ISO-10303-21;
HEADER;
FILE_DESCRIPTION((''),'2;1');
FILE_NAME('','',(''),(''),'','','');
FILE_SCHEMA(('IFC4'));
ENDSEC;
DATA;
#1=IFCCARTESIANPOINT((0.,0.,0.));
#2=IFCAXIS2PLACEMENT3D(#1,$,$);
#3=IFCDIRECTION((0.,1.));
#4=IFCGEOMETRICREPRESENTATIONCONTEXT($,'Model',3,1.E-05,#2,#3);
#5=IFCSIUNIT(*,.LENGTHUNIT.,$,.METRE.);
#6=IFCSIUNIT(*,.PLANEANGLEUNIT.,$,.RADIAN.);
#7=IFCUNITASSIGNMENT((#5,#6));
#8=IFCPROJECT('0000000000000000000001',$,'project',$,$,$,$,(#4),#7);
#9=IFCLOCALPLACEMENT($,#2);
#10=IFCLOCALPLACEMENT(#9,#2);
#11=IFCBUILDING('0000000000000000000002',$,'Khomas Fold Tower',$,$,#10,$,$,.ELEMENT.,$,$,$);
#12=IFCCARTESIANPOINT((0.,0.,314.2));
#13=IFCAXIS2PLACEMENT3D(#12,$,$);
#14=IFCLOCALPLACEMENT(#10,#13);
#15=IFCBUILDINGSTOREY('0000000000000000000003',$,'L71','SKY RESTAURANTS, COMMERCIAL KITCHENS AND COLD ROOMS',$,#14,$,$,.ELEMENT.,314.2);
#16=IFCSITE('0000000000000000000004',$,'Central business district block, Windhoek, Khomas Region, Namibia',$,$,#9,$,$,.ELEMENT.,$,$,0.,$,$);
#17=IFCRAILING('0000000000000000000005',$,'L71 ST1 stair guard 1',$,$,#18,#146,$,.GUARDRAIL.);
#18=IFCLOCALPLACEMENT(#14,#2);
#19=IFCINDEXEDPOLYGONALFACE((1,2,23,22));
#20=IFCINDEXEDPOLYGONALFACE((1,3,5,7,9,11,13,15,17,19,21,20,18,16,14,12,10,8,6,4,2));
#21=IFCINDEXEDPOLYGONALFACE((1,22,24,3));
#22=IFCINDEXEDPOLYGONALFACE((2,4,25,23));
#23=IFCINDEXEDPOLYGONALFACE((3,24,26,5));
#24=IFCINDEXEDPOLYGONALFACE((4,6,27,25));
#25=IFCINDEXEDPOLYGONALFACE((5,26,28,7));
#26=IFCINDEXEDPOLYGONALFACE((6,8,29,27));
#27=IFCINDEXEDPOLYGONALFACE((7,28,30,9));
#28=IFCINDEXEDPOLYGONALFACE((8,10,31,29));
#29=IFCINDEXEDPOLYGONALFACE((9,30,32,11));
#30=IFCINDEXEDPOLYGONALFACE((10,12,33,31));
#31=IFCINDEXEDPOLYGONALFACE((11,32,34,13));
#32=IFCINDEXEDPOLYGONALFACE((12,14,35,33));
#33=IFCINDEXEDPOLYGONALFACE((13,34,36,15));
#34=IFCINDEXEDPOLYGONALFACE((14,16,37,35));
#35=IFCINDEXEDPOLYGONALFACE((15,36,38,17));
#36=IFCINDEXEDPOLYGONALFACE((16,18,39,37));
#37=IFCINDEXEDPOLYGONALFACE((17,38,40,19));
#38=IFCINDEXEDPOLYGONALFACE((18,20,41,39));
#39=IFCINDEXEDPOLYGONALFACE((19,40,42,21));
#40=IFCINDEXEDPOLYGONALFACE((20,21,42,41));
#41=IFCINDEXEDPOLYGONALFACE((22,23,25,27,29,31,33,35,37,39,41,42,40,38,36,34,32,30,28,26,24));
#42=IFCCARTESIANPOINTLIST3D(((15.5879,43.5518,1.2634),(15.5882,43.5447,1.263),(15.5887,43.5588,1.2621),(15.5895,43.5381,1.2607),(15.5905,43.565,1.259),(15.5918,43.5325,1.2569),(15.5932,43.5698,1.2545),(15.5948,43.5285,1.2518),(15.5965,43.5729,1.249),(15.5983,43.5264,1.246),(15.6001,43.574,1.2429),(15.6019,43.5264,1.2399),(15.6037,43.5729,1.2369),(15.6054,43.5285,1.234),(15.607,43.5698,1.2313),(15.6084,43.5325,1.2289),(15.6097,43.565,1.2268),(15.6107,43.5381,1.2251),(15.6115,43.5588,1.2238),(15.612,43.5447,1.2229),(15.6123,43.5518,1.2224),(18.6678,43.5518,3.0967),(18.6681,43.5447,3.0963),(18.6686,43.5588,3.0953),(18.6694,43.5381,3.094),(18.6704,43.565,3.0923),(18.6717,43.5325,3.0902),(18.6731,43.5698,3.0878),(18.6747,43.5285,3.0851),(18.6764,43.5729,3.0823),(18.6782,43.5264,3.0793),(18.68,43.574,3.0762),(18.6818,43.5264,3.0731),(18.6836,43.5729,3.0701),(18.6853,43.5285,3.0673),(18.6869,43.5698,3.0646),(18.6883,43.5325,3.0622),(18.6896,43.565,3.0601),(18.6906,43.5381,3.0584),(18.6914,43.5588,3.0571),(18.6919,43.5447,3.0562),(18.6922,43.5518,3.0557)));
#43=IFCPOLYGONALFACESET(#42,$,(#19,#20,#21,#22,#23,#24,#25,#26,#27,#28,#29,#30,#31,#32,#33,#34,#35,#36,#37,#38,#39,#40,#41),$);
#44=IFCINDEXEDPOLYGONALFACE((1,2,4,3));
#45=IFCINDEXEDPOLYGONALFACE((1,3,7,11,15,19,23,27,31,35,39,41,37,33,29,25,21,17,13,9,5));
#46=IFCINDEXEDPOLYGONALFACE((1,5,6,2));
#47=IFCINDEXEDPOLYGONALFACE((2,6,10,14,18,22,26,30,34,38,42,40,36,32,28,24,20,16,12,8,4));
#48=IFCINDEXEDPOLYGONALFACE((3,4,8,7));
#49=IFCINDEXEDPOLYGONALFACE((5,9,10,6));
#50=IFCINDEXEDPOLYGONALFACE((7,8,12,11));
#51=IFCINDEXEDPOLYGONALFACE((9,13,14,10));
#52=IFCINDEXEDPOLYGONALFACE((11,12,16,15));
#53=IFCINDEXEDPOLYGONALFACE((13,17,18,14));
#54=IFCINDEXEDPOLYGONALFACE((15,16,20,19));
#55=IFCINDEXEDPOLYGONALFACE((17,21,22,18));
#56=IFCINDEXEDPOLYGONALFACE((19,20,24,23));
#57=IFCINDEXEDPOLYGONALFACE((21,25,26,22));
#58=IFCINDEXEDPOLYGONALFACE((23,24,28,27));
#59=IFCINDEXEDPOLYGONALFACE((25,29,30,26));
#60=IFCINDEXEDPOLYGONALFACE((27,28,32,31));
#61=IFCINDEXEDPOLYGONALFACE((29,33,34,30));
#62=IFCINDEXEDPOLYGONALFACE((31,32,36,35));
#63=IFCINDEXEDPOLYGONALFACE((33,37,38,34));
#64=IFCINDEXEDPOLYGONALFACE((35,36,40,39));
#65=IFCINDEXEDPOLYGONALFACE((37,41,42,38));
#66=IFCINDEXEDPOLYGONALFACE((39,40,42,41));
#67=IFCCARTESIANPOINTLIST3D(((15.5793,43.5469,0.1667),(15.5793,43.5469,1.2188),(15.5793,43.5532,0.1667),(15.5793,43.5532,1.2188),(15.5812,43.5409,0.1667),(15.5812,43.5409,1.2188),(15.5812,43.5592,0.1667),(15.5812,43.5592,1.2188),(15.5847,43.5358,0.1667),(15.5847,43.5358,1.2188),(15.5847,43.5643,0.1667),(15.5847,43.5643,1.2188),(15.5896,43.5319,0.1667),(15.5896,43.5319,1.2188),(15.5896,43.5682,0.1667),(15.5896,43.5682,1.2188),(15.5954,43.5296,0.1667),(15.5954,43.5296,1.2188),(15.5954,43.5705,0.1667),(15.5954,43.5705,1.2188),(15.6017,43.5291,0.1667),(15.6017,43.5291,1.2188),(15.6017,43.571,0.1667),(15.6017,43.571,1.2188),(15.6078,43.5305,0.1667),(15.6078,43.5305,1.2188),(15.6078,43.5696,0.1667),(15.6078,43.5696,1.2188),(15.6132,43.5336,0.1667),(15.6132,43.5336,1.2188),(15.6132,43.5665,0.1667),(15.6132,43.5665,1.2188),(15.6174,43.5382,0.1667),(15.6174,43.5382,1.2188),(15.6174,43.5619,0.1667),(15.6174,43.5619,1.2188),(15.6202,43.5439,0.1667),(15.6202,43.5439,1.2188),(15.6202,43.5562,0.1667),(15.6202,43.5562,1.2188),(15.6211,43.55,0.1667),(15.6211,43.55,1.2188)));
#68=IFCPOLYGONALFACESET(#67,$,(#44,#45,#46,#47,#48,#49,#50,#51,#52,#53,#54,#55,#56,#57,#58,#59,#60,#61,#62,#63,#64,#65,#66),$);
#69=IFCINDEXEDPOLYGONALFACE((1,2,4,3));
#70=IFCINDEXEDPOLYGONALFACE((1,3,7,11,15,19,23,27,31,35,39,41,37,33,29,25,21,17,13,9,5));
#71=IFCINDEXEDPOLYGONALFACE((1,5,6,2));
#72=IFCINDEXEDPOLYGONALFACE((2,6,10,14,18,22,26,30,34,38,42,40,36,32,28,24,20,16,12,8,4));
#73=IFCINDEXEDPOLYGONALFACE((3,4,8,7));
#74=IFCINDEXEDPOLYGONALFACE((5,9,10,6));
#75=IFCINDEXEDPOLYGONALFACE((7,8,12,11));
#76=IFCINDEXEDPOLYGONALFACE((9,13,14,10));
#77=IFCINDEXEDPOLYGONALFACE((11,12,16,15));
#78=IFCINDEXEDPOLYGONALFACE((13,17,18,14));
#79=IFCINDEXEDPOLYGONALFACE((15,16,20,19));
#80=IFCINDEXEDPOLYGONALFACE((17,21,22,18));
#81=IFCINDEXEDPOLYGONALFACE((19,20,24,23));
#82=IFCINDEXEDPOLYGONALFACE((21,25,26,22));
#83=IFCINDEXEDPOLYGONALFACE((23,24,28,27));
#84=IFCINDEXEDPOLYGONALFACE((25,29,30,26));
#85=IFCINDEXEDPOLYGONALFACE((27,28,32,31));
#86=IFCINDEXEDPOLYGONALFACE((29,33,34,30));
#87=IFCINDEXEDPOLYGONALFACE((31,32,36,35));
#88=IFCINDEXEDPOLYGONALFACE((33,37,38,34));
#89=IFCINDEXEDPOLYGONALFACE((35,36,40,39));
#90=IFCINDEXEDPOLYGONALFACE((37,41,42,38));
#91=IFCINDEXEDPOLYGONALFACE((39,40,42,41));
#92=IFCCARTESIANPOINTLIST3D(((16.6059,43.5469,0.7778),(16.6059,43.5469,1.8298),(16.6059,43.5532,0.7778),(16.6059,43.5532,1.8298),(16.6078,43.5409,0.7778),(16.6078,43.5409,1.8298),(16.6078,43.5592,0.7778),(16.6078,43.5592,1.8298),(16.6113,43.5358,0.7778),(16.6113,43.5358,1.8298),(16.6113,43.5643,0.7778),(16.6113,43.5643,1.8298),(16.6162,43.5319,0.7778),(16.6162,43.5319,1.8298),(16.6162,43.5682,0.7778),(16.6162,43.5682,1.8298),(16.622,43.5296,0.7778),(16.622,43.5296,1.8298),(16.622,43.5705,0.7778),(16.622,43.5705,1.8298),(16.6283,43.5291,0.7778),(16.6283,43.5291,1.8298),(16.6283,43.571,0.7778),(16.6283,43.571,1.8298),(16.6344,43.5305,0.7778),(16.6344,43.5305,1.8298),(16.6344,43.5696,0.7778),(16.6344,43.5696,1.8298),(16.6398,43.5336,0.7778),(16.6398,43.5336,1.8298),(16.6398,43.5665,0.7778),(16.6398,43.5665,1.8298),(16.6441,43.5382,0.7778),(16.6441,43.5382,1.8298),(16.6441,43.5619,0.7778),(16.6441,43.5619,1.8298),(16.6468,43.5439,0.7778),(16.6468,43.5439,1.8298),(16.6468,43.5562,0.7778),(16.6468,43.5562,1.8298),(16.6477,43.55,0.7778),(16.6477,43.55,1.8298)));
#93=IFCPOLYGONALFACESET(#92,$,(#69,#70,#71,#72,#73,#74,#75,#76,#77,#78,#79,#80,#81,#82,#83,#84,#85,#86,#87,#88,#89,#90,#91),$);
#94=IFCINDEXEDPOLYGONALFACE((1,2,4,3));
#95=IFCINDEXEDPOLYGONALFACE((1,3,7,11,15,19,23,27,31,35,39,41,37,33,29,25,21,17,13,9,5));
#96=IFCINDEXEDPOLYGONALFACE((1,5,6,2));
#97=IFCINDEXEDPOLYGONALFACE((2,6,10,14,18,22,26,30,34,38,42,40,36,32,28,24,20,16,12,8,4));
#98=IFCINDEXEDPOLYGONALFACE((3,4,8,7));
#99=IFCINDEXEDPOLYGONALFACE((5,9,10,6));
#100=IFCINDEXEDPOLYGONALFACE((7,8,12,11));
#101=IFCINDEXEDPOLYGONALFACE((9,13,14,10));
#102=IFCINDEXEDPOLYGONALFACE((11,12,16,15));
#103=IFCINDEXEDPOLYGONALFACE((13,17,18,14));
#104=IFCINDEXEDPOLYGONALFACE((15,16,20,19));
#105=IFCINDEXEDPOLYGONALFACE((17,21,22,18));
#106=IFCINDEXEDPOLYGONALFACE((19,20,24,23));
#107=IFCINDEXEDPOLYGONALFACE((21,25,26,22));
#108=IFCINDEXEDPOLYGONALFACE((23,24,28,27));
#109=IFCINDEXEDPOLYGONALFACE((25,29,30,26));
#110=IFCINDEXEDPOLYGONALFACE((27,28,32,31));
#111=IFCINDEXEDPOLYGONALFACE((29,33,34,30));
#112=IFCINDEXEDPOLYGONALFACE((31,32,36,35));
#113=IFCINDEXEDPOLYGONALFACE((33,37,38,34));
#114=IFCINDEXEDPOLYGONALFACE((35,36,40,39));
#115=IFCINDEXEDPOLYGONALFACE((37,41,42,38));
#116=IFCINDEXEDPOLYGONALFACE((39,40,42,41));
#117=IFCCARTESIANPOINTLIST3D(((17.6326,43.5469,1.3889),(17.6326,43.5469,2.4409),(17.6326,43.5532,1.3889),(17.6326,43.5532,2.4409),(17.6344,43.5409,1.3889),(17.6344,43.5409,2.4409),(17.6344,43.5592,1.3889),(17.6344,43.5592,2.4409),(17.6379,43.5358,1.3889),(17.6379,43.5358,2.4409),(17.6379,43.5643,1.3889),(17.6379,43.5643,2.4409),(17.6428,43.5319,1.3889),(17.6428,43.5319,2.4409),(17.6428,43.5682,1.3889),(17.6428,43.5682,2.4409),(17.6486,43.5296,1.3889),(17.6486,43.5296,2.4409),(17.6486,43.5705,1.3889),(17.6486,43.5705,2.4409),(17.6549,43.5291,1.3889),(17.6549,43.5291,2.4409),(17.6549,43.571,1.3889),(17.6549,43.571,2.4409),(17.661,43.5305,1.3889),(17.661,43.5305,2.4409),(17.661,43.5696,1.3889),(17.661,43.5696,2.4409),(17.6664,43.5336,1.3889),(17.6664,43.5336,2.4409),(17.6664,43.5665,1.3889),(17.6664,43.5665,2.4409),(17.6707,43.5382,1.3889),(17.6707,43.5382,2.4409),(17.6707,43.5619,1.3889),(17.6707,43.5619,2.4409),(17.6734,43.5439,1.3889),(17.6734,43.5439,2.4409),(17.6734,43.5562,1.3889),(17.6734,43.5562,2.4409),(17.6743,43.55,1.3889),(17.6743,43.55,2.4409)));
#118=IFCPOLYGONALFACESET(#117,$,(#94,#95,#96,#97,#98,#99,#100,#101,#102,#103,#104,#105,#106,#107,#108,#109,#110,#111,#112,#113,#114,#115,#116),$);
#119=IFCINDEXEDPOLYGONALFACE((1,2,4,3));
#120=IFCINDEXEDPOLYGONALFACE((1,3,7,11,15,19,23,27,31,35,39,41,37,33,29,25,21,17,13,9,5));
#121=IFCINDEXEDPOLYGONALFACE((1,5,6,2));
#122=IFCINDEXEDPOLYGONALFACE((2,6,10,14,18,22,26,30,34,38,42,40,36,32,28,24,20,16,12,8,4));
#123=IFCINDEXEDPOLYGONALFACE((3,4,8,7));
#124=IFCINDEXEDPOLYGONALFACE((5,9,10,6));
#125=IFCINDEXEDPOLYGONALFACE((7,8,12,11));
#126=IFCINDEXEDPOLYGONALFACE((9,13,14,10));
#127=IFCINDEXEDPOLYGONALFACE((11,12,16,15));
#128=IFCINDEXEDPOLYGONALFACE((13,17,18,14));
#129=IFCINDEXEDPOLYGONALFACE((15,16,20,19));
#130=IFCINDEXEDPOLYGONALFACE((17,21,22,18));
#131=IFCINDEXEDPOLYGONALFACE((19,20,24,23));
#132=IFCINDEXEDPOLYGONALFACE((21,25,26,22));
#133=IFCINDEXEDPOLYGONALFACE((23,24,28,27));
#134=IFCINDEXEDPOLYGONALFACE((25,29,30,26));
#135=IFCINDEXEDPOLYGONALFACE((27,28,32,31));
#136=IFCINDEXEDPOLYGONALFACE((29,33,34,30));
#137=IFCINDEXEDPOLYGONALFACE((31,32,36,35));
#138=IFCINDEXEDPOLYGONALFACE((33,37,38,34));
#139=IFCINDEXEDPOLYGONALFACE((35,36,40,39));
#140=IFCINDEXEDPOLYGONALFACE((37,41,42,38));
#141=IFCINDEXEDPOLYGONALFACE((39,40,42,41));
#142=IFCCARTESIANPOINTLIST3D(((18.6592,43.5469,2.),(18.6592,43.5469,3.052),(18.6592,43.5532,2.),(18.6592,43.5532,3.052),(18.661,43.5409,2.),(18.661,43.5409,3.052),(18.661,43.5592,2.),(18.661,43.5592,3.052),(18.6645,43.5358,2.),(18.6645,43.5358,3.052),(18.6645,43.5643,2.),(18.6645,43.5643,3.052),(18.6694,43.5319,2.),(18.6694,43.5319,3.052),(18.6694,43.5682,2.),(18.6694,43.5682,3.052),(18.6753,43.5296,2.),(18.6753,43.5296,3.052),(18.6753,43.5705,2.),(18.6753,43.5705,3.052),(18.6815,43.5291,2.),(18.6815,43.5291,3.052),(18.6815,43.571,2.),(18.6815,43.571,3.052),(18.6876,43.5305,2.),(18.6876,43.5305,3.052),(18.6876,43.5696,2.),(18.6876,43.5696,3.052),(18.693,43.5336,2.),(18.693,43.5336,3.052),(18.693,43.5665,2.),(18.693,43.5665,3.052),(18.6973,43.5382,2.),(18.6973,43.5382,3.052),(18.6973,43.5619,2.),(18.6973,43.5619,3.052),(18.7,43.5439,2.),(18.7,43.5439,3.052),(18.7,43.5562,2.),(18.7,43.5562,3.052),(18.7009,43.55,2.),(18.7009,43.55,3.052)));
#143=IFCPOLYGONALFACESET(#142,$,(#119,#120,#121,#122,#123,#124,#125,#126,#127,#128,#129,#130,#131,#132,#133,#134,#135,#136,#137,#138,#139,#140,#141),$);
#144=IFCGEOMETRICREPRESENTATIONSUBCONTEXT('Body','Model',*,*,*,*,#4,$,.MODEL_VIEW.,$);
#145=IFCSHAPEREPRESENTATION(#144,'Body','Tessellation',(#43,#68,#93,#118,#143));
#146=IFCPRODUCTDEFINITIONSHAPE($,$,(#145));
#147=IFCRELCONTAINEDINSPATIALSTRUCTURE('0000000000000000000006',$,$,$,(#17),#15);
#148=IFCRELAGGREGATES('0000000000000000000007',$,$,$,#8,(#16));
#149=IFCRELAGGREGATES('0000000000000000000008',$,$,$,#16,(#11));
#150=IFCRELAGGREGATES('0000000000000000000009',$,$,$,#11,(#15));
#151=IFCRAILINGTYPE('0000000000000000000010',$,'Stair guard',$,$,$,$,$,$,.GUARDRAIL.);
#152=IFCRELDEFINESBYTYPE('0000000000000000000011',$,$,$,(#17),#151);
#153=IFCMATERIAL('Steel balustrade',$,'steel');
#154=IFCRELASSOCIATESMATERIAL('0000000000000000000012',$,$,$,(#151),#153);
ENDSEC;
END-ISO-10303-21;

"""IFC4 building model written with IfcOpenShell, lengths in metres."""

from ifc_helpers import new_model, si_unit, direction, frame, origin, origin_2d, place, context, subcontext, project, spatial, circle, extrude, source, transform, mapped, material, type_object, element, save


model = new_model("IFC4")

# Units and contexts
model_context = context("Model", 3, precision=1e-05, world=origin(), true_north=direction((0.0, 1.0)))
body_context = subcontext(model_context, "Body", "Model", "MODEL_VIEW")
ifc_project = project(units=[si_unit("LENGTHUNIT", "METRE"), si_unit("PLANEANGLEUNIT", "RADIAN")], contexts=[model_context])

# Site, building, storey
site_placement = place(None, origin())
site = spatial("IfcSite", under=ifc_project, at=site_placement, Name="Central business district block, Windhoek, Khomas Region, Namibia", CompositionType="ELEMENT", RefElevation=0.0)
building_placement = place(site_placement, origin())
building = spatial("IfcBuilding", under=site, at=building_placement, Name="Khomas Fold Tower", CompositionType="ELEMENT")
storey_placement = place(building_placement, frame((0.0, 0.0, 314.2)))
storey = spatial("IfcBuildingStorey", under=building, at=storey_placement, Name="L71", Description="SKY RESTAURANTS, COMMERCIAL KITCHENS AND COLD ROOMS", CompositionType="ELEMENT", Elevation=314.2)

# Railing
ifc_material_1 = material(Name="Steel balustrade", Category="steel")
railing_type_1 = type_object("IfcRailingType", Name="Stair guard", PredefinedType="GUARDRAIL", material=ifc_material_1)
shared_shape_1 = source(origin(), body_context, "Body", "SweptSolid", [
    extrude(circle(Radius=0.0239, at=origin_2d()), frame((0.0, 0.0, 1.0762), z_axis=(0.859291, 0.0, 0.511487), x_axis=(0.0, 1.0, 0.0)), (0.0, 0.0, 1.0), 3.5842),
    extrude(circle(Radius=0.021, at=origin_2d()), origin(), (0.0, 0.0, 1.0), 1.052),
    extrude(circle(Radius=0.021, at=origin_2d()), frame((1.0266, 0.0, 0.6111)), (0.0, 0.0, 1.0), 1.052),
    extrude(circle(Radius=0.021, at=origin_2d()), frame((2.0532, 0.0, 1.2222)), (0.0, 0.0, 1.0), 1.052),
    extrude(circle(Radius=0.021, at=origin_2d()), frame((3.0798, 0.0, 1.8333)), (0.0, 0.0, 1.0), 1.052),
])
railing_1_placement = place(storey_placement, frame((15.6001, 43.55, 0.1667)))
element("IfcRailing", 1, at=railing_1_placement, inside=storey, type_object=railing_type_1, Name="L71 ST1 stair guard 1", PredefinedType="GUARDRAIL", context=body_context, shape_type="MappedRepresentation", body=[
    mapped(shared_shape_1, transform((0.0, 0.0, 0.0))),
])

save(model, "model.ifc")
